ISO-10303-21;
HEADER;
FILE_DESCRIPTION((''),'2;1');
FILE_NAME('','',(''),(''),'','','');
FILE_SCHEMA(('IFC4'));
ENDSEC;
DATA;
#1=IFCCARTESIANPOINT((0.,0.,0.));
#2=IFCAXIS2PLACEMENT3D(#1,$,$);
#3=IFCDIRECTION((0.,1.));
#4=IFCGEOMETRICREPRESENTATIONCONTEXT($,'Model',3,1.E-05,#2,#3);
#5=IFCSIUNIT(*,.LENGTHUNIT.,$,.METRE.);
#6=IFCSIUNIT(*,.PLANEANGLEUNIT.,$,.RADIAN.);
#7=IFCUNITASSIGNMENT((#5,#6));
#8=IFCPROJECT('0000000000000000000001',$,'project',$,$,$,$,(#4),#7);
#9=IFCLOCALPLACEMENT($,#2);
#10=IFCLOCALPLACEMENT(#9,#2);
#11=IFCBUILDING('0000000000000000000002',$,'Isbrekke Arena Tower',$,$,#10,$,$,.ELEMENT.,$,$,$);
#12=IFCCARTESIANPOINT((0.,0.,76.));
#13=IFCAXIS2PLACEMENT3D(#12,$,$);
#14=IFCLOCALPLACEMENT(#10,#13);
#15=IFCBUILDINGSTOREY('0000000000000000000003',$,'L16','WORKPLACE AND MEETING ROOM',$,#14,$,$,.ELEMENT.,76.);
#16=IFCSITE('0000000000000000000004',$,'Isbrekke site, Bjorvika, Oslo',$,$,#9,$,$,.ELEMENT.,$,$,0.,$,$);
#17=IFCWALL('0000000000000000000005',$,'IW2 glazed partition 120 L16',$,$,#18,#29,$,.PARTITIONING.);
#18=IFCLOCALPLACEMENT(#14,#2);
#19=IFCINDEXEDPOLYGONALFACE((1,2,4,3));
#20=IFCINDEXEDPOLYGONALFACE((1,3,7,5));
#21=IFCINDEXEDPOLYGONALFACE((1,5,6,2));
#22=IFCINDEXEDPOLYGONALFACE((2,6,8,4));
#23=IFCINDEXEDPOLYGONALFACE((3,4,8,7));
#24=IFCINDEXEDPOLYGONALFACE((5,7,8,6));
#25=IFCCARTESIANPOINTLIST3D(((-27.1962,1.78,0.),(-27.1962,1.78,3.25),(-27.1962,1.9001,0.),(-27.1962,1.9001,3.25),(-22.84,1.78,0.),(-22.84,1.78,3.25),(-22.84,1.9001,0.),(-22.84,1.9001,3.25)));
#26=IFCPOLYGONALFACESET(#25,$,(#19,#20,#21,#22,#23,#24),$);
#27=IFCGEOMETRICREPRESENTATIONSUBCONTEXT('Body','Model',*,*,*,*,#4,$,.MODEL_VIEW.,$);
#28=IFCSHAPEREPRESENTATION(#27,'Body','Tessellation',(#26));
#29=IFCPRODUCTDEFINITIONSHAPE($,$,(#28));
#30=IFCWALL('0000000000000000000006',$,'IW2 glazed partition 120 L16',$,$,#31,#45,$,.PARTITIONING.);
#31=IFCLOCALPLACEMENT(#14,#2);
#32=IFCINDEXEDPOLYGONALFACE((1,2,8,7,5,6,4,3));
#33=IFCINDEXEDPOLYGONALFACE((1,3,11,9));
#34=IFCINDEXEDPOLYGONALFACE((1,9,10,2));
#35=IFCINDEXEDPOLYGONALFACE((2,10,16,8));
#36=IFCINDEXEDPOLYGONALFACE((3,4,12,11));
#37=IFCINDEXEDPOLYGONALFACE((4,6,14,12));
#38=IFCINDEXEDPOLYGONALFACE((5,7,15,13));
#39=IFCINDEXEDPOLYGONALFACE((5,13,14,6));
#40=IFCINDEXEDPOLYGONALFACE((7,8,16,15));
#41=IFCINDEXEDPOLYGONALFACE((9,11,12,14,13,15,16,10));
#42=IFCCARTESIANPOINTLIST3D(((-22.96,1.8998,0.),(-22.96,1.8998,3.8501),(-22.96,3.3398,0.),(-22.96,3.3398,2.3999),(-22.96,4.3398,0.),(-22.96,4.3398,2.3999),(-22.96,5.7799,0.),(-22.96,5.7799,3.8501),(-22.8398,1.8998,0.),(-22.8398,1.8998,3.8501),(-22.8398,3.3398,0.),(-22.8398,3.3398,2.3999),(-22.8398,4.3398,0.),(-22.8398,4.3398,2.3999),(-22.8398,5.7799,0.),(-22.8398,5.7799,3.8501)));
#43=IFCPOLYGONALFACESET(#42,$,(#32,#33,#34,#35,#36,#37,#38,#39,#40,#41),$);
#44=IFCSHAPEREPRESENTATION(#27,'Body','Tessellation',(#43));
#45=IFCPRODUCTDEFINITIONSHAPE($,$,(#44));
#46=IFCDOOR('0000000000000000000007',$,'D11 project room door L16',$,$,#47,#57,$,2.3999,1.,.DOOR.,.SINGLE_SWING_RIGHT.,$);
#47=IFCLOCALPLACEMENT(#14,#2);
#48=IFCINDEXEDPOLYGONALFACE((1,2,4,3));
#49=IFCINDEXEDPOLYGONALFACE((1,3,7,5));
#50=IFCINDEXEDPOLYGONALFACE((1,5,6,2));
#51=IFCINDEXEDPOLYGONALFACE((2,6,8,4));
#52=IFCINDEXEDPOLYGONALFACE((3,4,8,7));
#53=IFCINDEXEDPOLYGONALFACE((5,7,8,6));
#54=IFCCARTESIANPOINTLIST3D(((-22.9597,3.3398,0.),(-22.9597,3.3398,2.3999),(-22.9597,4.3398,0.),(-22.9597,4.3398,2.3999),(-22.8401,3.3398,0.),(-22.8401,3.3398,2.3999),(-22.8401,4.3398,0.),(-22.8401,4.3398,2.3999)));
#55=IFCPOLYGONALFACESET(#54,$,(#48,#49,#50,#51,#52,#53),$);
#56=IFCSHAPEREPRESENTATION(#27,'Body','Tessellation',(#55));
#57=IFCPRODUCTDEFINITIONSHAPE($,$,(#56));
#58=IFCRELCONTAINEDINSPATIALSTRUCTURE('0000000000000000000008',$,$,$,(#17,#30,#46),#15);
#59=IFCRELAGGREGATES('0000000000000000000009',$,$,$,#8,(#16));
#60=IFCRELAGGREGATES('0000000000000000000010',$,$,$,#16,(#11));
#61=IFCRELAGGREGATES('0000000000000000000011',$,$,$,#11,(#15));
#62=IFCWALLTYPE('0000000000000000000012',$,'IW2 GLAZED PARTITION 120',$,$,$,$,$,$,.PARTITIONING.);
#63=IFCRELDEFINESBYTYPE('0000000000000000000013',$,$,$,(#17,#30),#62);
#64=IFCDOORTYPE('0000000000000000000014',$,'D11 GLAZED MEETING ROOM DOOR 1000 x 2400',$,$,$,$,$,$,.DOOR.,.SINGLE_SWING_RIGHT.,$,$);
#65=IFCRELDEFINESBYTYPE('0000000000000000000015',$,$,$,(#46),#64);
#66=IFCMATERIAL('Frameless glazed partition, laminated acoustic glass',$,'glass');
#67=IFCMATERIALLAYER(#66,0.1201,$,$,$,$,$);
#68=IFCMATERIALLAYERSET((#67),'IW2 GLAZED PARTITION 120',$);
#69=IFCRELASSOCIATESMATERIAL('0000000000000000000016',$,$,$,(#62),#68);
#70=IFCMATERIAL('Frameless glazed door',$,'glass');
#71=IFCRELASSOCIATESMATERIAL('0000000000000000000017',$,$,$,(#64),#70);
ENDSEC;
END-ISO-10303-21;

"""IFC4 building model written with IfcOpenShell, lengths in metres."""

from ifc_helpers import new_model, si_unit, direction, frame, frame_2d, origin, place, context, subcontext, project, spatial, rectangle, extrude, material, layer, layer_set, type_object, element, fill, save


model = new_model("IFC4")

# Units and contexts
model_context = context("Model", 3, precision=1e-05, world=origin(), true_north=direction((0.0, 1.0)))
body_context = subcontext(model_context, "Body", "Model", "MODEL_VIEW")
ifc_project = project(units=[si_unit("LENGTHUNIT", "METRE"), si_unit("PLANEANGLEUNIT", "RADIAN")], contexts=[model_context])

# Site, building, storey
site_placement = place(None, origin())
site = spatial("IfcSite", under=ifc_project, at=site_placement, Name="Isbrekke site, Bjorvika, Oslo", CompositionType="ELEMENT", RefElevation=0.0)
building_placement = place(site_placement, origin())
building = spatial("IfcBuilding", under=site, at=building_placement, Name="Isbrekke Arena Tower", CompositionType="ELEMENT")
storey_placement = place(building_placement, frame((0.0, 0.0, 76.0)))
storey = spatial("IfcBuildingStorey", under=building, at=storey_placement, Name="L16", Description="WORKPLACE AND MEETING ROOM", CompositionType="ELEMENT", Elevation=76.0)

# Shared definitions
ifc_material_1 = material(Name="Frameless glazed partition, laminated acoustic glass", Category="glass")
ifc_layer_1 = layer(ifc_material_1, 0.1201)
ifc_layer_set_1 = layer_set([ifc_layer_1], Name="IW2 GLAZED PARTITION 120")
wall_type = type_object("IfcWallType", Name="IW2 GLAZED PARTITION 120", PredefinedType="PARTITIONING", material=ifc_layer_set_1)

# Shared definitions
ifc_material_2 = material(Name="Frameless glazed door", Category="glass")
door_type = type_object("IfcDoorType", Name="D11 GLAZED MEETING ROOM DOOR 1000 x 2400", OperationType="SINGLE_SWING_RIGHT", PredefinedType="DOOR", material=ifc_material_2)

# Wall
wall_1_placement = place(storey_placement, frame((-27.1963, 1.8401, 0.0), z_axis=(0.0, 0.0, 1.0), x_axis=(1.0, 0.0, 0.0)))
element("IfcWall", 1, at=wall_1_placement, inside=storey, type_object=wall_type, Name="IW2 glazed partition 120 L16", PredefinedType="PARTITIONING", context=body_context, shape_type="SweptSolid", body=[
    extrude(rectangle(XDim=4.3562, YDim=0.1201, at=frame_2d((2.1782, 0.0))), origin(), (0.0, 0.0, 1.0), 3.25),
])

# Wall, opening, door
wall_2_placement = place(storey_placement, frame((-22.8999, 1.8999, 0.0), z_axis=(0.0, 0.0, 1.0), x_axis=(0.0, 1.0, 0.0)))
wall_2 = element("IfcWall", 2, at=wall_2_placement, inside=storey, type_object=wall_type, Name="IW2 glazed partition 120 L16", PredefinedType="PARTITIONING", context=body_context, shape_type="SweptSolid", body=[
    extrude(rectangle(XDim=3.8801, YDim=0.1201, at=frame_2d((1.9399, 0.0))), origin(), (0.0, 0.0, 1.0), 3.8501),
])
opening_1_placement = place(wall_2_placement, frame((1.4399, 0.0, 0.0)))
opening_1 = element("IfcOpeningElement", 3, at=opening_1_placement, cuts=wall_2, PredefinedType="OPENING", context=body_context, shape_type="SweptSolid", body=[
    extrude(rectangle(XDim=1.0, YDim=2.3999, at=frame_2d((0.5, 1.2))), frame((0.0, 0.075, 0.0), z_axis=(0.0, -1.0, 0.0), x_axis=(1.0, 0.0, 0.0)), (0.0, 0.0, 1.0), 0.1499),
])
door_1_placement = place(opening_1_placement, origin())
door_1 = element("IfcDoor", 4, at=door_1_placement, inside=storey, type_object=door_type, Name="D11 project room door L16", OperationType="SINGLE_SWING_RIGHT", OverallHeight=2.3999, OverallWidth=1.0, PredefinedType="DOOR", context=body_context, shape_type="SweptSolid", body=[
    extrude(rectangle(XDim=1.0, YDim=2.3999, at=frame_2d((0.5, 1.2))), frame((0.0, 0.0598, 0.0), z_axis=(0.0, -1.0, 0.0), x_axis=(1.0, 0.0, 0.0)), (0.0, 0.0, 1.0), 0.1196),
])
fill(opening_1, door_1)

save(model, "model.ifc")
